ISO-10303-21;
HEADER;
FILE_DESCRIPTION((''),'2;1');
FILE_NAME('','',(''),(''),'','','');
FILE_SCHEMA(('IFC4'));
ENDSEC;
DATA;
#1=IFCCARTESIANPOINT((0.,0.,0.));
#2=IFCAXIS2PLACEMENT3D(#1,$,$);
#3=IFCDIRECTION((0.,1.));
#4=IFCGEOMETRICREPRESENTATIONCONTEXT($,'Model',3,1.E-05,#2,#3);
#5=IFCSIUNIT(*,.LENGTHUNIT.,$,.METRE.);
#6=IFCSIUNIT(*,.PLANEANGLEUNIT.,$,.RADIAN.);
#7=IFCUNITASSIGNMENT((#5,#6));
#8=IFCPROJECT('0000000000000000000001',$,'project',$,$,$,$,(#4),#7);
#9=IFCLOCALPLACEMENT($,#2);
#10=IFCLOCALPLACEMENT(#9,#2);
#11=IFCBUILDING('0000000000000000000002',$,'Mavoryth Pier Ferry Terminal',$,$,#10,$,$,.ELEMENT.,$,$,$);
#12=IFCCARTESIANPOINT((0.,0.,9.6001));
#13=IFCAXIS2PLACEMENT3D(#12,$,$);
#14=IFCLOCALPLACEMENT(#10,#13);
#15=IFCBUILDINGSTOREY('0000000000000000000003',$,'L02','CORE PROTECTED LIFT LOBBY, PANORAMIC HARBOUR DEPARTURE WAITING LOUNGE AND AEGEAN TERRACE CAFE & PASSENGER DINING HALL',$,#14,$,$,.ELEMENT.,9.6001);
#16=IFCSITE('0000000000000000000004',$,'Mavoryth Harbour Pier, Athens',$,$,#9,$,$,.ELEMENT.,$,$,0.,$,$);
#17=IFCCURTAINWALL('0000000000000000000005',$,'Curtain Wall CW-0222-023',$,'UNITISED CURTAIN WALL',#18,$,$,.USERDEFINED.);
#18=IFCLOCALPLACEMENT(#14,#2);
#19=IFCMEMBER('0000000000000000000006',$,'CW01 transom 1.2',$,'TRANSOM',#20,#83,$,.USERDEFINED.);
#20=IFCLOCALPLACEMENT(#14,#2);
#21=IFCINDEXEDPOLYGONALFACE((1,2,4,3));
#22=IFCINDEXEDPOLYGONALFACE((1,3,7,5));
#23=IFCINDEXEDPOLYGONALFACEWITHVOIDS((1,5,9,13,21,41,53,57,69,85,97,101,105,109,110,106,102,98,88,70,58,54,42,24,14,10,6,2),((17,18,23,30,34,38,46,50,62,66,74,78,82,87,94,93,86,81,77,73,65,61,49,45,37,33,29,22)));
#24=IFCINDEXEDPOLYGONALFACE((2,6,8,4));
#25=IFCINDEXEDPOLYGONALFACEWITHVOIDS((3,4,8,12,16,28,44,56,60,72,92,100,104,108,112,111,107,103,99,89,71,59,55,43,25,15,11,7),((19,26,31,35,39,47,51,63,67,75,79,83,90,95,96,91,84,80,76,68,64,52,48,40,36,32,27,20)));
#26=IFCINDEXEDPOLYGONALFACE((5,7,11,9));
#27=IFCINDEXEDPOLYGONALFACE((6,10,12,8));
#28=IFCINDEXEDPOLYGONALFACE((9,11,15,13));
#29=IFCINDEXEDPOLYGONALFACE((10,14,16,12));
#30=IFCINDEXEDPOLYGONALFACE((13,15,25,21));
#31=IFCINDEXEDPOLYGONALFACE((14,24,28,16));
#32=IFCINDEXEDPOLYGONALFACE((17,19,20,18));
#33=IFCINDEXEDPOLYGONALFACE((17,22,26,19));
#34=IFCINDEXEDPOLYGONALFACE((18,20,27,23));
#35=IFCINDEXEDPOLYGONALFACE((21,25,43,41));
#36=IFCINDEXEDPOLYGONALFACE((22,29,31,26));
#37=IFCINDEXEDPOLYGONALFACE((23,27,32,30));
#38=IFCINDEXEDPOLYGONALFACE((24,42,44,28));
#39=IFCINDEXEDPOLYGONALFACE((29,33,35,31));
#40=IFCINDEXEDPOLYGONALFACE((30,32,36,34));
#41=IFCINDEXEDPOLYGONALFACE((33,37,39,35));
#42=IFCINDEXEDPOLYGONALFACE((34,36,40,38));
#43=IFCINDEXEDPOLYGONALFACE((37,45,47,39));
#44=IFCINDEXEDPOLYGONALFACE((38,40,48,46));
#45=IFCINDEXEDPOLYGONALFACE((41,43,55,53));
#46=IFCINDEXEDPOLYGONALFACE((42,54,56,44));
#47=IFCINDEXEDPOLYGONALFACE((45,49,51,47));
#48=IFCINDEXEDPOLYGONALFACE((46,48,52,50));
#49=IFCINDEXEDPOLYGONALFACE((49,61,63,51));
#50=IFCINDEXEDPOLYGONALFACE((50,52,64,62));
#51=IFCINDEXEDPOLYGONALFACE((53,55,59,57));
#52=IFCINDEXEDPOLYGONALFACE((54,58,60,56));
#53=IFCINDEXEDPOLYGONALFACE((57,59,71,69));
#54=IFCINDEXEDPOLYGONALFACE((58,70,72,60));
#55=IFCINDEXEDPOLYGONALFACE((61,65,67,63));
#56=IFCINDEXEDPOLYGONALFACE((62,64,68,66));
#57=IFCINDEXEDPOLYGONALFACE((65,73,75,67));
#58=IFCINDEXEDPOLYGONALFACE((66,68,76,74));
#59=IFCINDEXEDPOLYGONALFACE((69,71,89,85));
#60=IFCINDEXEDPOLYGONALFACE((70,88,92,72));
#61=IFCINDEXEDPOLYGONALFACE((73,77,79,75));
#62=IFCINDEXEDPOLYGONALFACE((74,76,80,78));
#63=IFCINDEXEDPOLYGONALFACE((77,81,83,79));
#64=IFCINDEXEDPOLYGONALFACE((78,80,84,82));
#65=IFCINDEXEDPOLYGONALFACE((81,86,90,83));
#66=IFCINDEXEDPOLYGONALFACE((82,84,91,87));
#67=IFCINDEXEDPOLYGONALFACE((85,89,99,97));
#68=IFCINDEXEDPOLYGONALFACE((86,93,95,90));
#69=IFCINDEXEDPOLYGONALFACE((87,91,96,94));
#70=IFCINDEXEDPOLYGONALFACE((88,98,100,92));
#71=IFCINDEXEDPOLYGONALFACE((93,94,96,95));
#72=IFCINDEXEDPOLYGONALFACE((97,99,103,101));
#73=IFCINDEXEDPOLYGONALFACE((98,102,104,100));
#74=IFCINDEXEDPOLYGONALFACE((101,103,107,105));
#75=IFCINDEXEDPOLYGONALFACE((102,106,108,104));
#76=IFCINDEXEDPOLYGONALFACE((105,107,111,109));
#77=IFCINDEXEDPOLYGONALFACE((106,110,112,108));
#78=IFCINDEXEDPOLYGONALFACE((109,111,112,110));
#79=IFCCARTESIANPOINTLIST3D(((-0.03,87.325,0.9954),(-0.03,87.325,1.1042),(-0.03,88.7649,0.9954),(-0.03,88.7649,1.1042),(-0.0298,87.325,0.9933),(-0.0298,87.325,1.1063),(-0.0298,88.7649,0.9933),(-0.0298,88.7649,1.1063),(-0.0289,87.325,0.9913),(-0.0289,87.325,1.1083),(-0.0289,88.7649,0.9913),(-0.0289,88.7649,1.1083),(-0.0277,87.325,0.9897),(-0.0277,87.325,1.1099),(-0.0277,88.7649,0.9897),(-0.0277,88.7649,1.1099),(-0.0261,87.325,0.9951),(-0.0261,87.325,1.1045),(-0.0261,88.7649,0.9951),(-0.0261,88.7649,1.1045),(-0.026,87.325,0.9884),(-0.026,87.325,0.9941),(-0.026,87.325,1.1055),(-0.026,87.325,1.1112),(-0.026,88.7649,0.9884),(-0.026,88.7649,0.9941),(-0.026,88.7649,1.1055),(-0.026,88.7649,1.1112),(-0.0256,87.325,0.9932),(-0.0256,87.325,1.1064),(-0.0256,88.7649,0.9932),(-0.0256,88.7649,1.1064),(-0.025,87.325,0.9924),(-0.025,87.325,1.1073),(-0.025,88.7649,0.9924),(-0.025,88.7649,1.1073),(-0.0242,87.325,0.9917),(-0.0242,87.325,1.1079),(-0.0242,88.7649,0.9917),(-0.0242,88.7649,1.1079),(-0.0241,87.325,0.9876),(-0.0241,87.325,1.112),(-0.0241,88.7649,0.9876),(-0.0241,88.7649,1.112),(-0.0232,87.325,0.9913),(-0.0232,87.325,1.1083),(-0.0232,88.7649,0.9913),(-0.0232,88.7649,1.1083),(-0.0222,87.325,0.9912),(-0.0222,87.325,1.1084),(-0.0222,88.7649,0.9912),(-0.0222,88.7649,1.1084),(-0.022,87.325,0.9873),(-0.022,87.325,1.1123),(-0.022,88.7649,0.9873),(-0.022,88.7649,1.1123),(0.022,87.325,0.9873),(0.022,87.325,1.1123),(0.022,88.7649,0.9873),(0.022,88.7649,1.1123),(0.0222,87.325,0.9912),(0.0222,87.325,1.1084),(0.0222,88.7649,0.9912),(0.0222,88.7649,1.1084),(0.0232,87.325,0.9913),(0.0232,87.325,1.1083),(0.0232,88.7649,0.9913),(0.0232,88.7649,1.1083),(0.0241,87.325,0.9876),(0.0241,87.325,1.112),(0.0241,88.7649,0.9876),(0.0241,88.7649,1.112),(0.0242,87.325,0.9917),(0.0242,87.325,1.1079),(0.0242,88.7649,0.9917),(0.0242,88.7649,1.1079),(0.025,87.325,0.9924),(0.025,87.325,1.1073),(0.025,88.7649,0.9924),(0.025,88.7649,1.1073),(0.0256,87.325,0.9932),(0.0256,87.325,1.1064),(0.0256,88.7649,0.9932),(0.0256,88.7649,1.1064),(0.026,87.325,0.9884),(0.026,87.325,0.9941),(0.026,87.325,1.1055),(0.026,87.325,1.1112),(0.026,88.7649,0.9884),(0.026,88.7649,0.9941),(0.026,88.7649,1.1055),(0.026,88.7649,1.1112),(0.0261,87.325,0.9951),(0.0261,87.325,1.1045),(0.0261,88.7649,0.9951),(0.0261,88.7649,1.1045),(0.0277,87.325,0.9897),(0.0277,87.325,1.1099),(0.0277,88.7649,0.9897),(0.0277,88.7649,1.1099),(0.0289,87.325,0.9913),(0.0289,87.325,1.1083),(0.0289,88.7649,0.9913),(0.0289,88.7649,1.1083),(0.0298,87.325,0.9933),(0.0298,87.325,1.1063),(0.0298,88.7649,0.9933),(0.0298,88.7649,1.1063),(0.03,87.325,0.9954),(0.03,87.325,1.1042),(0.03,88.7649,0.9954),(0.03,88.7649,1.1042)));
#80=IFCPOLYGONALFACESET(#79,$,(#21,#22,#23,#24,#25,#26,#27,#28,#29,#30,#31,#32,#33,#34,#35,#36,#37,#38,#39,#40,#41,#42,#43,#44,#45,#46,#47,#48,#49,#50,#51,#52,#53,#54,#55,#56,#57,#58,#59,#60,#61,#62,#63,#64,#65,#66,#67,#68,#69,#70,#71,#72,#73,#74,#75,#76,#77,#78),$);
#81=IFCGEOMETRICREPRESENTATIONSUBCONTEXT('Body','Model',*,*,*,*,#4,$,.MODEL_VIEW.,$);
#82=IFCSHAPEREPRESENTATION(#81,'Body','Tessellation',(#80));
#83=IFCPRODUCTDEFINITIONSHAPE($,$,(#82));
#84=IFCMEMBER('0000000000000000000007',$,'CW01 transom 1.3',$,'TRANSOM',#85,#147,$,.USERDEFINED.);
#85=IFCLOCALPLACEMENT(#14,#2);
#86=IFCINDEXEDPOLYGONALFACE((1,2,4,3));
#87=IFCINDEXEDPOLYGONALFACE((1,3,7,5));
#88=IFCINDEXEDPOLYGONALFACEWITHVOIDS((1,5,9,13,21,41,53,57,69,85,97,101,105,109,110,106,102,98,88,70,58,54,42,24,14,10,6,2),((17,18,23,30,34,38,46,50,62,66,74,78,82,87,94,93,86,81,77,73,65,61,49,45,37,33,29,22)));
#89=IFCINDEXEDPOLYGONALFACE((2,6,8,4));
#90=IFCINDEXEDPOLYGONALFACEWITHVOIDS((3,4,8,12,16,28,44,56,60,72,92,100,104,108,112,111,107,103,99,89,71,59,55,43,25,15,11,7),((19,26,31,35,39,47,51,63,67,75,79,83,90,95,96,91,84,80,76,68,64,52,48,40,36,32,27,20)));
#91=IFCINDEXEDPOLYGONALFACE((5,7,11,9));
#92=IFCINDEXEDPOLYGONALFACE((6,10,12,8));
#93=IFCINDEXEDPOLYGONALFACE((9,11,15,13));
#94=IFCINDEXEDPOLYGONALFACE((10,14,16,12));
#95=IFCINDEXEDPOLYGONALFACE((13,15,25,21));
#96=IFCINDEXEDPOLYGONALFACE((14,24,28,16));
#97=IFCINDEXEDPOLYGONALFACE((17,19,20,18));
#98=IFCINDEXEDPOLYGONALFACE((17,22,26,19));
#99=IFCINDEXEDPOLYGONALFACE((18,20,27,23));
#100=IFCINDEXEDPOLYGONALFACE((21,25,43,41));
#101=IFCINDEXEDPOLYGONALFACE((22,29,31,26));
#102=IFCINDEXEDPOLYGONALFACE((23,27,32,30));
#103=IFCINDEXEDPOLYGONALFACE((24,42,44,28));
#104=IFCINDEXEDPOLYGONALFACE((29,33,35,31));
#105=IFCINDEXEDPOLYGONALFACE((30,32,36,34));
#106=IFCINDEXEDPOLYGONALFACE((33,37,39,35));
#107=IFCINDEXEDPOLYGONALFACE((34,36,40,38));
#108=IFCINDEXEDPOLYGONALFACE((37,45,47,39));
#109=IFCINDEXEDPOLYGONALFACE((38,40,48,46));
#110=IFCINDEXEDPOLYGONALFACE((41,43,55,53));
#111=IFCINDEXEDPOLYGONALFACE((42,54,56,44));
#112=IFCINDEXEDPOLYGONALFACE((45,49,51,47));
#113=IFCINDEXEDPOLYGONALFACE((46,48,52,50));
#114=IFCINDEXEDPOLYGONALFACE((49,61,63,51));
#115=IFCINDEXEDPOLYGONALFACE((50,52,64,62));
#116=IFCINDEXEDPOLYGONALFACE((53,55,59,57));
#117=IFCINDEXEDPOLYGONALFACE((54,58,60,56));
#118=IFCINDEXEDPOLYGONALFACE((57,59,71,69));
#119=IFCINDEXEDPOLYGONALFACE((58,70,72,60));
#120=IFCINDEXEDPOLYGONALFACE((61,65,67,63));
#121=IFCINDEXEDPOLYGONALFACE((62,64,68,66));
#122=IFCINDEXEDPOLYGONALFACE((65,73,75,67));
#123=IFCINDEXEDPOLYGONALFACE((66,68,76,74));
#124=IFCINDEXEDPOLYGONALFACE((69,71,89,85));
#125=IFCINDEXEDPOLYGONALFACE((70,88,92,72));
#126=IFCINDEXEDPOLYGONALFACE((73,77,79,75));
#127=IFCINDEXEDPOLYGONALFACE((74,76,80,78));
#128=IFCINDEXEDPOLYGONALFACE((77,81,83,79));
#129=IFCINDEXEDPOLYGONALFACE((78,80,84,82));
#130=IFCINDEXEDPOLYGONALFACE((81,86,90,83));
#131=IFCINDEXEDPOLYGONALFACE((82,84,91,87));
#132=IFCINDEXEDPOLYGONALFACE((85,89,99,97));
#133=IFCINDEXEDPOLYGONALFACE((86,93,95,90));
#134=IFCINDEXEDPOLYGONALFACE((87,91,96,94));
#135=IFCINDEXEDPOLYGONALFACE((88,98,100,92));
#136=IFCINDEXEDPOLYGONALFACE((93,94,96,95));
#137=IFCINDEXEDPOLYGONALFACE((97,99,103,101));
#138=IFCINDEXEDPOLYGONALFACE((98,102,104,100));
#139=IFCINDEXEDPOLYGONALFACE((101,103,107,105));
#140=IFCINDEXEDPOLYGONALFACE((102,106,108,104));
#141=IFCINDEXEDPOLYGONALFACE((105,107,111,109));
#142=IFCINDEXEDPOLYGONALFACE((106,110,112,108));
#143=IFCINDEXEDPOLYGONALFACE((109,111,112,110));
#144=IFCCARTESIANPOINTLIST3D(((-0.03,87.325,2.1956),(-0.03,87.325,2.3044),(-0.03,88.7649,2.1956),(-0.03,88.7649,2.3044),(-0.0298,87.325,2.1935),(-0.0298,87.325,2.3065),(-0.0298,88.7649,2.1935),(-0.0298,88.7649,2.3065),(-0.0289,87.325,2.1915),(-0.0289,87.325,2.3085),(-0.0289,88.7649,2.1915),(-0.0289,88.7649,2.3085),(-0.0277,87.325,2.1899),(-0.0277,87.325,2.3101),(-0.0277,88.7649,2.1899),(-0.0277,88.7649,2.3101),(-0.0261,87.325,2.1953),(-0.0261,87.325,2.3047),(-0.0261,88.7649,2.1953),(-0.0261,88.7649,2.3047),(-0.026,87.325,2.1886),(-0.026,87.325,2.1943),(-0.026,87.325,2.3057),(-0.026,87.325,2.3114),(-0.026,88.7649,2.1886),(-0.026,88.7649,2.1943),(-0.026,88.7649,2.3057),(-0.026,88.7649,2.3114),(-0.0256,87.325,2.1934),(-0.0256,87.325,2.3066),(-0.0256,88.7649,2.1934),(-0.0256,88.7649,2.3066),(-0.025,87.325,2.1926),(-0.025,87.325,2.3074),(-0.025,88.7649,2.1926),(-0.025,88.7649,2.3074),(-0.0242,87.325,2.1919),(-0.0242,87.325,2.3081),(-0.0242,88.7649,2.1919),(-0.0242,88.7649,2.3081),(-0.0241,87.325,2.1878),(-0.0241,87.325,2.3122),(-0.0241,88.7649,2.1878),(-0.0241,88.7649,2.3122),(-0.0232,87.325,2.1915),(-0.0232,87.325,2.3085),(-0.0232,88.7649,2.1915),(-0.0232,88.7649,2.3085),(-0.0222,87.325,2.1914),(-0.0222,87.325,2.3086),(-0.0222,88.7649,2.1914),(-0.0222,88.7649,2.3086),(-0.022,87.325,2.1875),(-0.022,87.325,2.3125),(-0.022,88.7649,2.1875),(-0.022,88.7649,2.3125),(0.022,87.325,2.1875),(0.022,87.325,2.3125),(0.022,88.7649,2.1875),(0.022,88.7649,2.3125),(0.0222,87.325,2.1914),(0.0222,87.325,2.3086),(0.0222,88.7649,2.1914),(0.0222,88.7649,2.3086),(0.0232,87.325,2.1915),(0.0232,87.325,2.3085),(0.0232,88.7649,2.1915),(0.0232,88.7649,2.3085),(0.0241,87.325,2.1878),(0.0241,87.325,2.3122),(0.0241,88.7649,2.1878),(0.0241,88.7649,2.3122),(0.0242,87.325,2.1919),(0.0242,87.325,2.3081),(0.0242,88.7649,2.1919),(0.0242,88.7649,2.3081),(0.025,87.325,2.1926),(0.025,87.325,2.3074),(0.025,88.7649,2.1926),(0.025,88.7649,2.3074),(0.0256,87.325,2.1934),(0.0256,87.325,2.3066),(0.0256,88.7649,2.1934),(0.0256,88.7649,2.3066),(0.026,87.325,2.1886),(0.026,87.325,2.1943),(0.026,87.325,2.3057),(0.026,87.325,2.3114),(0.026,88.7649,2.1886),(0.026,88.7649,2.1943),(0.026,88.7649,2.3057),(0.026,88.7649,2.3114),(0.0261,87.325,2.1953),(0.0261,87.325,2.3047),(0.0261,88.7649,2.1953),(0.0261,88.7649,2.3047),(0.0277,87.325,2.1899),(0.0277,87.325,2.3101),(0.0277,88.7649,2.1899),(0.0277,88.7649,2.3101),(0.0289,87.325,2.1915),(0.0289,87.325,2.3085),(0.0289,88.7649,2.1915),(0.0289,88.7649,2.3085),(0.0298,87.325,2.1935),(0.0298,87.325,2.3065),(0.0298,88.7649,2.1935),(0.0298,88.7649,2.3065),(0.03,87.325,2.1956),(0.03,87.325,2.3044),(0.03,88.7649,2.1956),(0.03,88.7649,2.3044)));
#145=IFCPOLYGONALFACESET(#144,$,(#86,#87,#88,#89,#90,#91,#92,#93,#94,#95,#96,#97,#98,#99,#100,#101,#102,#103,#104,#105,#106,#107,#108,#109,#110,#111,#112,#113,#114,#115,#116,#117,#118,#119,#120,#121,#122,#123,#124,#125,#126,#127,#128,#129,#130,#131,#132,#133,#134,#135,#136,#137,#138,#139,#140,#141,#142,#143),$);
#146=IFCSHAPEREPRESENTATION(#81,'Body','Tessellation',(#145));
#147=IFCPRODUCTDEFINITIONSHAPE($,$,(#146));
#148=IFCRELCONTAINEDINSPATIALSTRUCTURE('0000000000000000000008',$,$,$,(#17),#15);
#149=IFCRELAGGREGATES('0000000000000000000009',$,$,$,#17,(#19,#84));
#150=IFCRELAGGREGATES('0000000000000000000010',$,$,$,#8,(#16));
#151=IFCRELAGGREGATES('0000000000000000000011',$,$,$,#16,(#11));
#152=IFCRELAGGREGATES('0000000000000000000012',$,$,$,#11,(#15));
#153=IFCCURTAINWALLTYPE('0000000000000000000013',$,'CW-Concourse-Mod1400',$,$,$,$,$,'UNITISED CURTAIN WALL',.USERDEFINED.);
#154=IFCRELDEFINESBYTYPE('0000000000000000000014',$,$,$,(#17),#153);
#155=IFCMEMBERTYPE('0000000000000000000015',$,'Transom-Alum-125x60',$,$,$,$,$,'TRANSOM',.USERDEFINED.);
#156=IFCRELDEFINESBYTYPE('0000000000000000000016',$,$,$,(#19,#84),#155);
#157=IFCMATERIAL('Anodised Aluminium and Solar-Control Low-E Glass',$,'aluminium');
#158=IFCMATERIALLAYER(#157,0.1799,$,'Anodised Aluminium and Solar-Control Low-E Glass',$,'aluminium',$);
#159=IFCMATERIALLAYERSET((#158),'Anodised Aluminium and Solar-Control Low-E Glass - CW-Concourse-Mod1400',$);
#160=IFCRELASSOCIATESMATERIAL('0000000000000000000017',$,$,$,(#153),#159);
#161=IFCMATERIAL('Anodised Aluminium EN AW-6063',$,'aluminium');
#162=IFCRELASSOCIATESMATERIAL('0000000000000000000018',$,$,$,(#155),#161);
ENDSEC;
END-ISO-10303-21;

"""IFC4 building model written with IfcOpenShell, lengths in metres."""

from ifc_helpers import new_model, si_unit, direction, frame, origin, origin_2d, place, context, subcontext, project, spatial, hollow_rectangle, extrude, material, layer, layer_set, material_profile, profile_set, type_object, element, aggregate, save


model = new_model("IFC4")

# Units and contexts
model_context = context("Model", 3, precision=1e-05, world=origin(), true_north=direction((0.0, 1.0)))
body_context = subcontext(model_context, "Body", "Model", "MODEL_VIEW")
ifc_project = project(units=[si_unit("LENGTHUNIT", "METRE"), si_unit("PLANEANGLEUNIT", "RADIAN")], contexts=[model_context])

# Site, building, storey
site_placement = place(None, origin())
site = spatial("IfcSite", under=ifc_project, at=site_placement, Name="Mavoryth Harbour Pier, Athens", CompositionType="ELEMENT", RefElevation=0.0)
building_placement = place(site_placement, origin())
building = spatial("IfcBuilding", under=site, at=building_placement, Name="Mavoryth Pier Ferry Terminal", CompositionType="ELEMENT")
storey_placement = place(building_placement, frame((0.0, 0.0, 9.6001)))
storey = spatial("IfcBuildingStorey", under=building, at=storey_placement, Name="L02", Description="CORE PROTECTED LIFT LOBBY, PANORAMIC HARBOUR DEPARTURE WAITING LOUNGE AND AEGEAN TERRACE CAFE & PASSENGER DINING HALL", CompositionType="ELEMENT", Elevation=9.6001)

# Curtain wall
ifc_material_1 = material(Name="Anodised Aluminium and Solar-Control Low-E Glass", Category="aluminium")
ifc_layer_1 = layer(ifc_material_1, 0.1799, Name="Anodised Aluminium and Solar-Control Low-E Glass", Category="aluminium")
ifc_layer_set_1 = layer_set([ifc_layer_1], Name="Anodised Aluminium and Solar-Control Low-E Glass - CW-Concourse-Mod1400")
curtain_wall_type = type_object("IfcCurtainWallType", Name="CW-Concourse-Mod1400", ElementType="UNITISED CURTAIN WALL", PredefinedType="USERDEFINED", material=ifc_layer_set_1)
curtain_wall_1_placement = place(storey_placement, origin())
curtain_wall_1 = element("IfcCurtainWall", 1, at=curtain_wall_1_placement, inside=storey, type_object=curtain_wall_type, Name="Curtain Wall CW-0222-023", ObjectType="UNITISED CURTAIN WALL", PredefinedType="USERDEFINED")
ifc_material_2 = material(Name="Anodised Aluminium EN AW-6063", Category="aluminium")

# Members
ifc_material_profile_1 = material_profile(ifc_material_2, hollow_rectangle(XDim=0.0601, YDim=0.125, WallThickness=0.0039, InnerFilletRadius=0.0039, OuterFilletRadius=0.0081, at=origin_2d()), Name="AL-TRAN 125x60x4", Category="aluminium")
ifc_profile_set_1 = profile_set([ifc_material_profile_1], Name="Anodised Aluminium EN AW-6063 - AL-TRAN 125x60x4")
member_type_1 = type_object("IfcMemberType", Name="Transom-Alum-125x60", ElementType="TRANSOM", PredefinedType="USERDEFINED", material=ifc_profile_set_1)
member_1_placement = place(storey_placement, frame((0.0, 88.7649, 1.0498), z_axis=(0.0, -1.0, 0.0), x_axis=(1.0, 0.0, 0.0)))
member_1 = element("IfcMember", 2, at=member_1_placement, type_object=member_type_1, Name="CW01 transom 1.2", ObjectType="TRANSOM", PredefinedType="USERDEFINED", context=body_context, shape_type="SweptSolid", body=[
    extrude(hollow_rectangle(XDim=0.0601, YDim=0.125, WallThickness=0.0039, InnerFilletRadius=0.0039, OuterFilletRadius=0.0081, at=origin_2d()), origin(), (0.0, 0.0, 1.0), 1.4399),
])
member_2_placement = place(storey_placement, frame((0.0, 88.7649, 2.25), z_axis=(0.0, -1.0, 0.0), x_axis=(1.0, 0.0, 0.0)))
member_2 = element("IfcMember", 3, at=member_2_placement, type_object=member_type_1, Name="CW01 transom 1.3", ObjectType="TRANSOM", PredefinedType="USERDEFINED", context=body_context, shape_type="SweptSolid", body=[
    extrude(hollow_rectangle(XDim=0.0601, YDim=0.125, WallThickness=0.0039, InnerFilletRadius=0.0039, OuterFilletRadius=0.0081, at=origin_2d()), origin(), (0.0, 0.0, 1.0), 1.4399),
])
aggregate(curtain_wall_1, [member_1, member_2])

save(model, "model.ifc")
